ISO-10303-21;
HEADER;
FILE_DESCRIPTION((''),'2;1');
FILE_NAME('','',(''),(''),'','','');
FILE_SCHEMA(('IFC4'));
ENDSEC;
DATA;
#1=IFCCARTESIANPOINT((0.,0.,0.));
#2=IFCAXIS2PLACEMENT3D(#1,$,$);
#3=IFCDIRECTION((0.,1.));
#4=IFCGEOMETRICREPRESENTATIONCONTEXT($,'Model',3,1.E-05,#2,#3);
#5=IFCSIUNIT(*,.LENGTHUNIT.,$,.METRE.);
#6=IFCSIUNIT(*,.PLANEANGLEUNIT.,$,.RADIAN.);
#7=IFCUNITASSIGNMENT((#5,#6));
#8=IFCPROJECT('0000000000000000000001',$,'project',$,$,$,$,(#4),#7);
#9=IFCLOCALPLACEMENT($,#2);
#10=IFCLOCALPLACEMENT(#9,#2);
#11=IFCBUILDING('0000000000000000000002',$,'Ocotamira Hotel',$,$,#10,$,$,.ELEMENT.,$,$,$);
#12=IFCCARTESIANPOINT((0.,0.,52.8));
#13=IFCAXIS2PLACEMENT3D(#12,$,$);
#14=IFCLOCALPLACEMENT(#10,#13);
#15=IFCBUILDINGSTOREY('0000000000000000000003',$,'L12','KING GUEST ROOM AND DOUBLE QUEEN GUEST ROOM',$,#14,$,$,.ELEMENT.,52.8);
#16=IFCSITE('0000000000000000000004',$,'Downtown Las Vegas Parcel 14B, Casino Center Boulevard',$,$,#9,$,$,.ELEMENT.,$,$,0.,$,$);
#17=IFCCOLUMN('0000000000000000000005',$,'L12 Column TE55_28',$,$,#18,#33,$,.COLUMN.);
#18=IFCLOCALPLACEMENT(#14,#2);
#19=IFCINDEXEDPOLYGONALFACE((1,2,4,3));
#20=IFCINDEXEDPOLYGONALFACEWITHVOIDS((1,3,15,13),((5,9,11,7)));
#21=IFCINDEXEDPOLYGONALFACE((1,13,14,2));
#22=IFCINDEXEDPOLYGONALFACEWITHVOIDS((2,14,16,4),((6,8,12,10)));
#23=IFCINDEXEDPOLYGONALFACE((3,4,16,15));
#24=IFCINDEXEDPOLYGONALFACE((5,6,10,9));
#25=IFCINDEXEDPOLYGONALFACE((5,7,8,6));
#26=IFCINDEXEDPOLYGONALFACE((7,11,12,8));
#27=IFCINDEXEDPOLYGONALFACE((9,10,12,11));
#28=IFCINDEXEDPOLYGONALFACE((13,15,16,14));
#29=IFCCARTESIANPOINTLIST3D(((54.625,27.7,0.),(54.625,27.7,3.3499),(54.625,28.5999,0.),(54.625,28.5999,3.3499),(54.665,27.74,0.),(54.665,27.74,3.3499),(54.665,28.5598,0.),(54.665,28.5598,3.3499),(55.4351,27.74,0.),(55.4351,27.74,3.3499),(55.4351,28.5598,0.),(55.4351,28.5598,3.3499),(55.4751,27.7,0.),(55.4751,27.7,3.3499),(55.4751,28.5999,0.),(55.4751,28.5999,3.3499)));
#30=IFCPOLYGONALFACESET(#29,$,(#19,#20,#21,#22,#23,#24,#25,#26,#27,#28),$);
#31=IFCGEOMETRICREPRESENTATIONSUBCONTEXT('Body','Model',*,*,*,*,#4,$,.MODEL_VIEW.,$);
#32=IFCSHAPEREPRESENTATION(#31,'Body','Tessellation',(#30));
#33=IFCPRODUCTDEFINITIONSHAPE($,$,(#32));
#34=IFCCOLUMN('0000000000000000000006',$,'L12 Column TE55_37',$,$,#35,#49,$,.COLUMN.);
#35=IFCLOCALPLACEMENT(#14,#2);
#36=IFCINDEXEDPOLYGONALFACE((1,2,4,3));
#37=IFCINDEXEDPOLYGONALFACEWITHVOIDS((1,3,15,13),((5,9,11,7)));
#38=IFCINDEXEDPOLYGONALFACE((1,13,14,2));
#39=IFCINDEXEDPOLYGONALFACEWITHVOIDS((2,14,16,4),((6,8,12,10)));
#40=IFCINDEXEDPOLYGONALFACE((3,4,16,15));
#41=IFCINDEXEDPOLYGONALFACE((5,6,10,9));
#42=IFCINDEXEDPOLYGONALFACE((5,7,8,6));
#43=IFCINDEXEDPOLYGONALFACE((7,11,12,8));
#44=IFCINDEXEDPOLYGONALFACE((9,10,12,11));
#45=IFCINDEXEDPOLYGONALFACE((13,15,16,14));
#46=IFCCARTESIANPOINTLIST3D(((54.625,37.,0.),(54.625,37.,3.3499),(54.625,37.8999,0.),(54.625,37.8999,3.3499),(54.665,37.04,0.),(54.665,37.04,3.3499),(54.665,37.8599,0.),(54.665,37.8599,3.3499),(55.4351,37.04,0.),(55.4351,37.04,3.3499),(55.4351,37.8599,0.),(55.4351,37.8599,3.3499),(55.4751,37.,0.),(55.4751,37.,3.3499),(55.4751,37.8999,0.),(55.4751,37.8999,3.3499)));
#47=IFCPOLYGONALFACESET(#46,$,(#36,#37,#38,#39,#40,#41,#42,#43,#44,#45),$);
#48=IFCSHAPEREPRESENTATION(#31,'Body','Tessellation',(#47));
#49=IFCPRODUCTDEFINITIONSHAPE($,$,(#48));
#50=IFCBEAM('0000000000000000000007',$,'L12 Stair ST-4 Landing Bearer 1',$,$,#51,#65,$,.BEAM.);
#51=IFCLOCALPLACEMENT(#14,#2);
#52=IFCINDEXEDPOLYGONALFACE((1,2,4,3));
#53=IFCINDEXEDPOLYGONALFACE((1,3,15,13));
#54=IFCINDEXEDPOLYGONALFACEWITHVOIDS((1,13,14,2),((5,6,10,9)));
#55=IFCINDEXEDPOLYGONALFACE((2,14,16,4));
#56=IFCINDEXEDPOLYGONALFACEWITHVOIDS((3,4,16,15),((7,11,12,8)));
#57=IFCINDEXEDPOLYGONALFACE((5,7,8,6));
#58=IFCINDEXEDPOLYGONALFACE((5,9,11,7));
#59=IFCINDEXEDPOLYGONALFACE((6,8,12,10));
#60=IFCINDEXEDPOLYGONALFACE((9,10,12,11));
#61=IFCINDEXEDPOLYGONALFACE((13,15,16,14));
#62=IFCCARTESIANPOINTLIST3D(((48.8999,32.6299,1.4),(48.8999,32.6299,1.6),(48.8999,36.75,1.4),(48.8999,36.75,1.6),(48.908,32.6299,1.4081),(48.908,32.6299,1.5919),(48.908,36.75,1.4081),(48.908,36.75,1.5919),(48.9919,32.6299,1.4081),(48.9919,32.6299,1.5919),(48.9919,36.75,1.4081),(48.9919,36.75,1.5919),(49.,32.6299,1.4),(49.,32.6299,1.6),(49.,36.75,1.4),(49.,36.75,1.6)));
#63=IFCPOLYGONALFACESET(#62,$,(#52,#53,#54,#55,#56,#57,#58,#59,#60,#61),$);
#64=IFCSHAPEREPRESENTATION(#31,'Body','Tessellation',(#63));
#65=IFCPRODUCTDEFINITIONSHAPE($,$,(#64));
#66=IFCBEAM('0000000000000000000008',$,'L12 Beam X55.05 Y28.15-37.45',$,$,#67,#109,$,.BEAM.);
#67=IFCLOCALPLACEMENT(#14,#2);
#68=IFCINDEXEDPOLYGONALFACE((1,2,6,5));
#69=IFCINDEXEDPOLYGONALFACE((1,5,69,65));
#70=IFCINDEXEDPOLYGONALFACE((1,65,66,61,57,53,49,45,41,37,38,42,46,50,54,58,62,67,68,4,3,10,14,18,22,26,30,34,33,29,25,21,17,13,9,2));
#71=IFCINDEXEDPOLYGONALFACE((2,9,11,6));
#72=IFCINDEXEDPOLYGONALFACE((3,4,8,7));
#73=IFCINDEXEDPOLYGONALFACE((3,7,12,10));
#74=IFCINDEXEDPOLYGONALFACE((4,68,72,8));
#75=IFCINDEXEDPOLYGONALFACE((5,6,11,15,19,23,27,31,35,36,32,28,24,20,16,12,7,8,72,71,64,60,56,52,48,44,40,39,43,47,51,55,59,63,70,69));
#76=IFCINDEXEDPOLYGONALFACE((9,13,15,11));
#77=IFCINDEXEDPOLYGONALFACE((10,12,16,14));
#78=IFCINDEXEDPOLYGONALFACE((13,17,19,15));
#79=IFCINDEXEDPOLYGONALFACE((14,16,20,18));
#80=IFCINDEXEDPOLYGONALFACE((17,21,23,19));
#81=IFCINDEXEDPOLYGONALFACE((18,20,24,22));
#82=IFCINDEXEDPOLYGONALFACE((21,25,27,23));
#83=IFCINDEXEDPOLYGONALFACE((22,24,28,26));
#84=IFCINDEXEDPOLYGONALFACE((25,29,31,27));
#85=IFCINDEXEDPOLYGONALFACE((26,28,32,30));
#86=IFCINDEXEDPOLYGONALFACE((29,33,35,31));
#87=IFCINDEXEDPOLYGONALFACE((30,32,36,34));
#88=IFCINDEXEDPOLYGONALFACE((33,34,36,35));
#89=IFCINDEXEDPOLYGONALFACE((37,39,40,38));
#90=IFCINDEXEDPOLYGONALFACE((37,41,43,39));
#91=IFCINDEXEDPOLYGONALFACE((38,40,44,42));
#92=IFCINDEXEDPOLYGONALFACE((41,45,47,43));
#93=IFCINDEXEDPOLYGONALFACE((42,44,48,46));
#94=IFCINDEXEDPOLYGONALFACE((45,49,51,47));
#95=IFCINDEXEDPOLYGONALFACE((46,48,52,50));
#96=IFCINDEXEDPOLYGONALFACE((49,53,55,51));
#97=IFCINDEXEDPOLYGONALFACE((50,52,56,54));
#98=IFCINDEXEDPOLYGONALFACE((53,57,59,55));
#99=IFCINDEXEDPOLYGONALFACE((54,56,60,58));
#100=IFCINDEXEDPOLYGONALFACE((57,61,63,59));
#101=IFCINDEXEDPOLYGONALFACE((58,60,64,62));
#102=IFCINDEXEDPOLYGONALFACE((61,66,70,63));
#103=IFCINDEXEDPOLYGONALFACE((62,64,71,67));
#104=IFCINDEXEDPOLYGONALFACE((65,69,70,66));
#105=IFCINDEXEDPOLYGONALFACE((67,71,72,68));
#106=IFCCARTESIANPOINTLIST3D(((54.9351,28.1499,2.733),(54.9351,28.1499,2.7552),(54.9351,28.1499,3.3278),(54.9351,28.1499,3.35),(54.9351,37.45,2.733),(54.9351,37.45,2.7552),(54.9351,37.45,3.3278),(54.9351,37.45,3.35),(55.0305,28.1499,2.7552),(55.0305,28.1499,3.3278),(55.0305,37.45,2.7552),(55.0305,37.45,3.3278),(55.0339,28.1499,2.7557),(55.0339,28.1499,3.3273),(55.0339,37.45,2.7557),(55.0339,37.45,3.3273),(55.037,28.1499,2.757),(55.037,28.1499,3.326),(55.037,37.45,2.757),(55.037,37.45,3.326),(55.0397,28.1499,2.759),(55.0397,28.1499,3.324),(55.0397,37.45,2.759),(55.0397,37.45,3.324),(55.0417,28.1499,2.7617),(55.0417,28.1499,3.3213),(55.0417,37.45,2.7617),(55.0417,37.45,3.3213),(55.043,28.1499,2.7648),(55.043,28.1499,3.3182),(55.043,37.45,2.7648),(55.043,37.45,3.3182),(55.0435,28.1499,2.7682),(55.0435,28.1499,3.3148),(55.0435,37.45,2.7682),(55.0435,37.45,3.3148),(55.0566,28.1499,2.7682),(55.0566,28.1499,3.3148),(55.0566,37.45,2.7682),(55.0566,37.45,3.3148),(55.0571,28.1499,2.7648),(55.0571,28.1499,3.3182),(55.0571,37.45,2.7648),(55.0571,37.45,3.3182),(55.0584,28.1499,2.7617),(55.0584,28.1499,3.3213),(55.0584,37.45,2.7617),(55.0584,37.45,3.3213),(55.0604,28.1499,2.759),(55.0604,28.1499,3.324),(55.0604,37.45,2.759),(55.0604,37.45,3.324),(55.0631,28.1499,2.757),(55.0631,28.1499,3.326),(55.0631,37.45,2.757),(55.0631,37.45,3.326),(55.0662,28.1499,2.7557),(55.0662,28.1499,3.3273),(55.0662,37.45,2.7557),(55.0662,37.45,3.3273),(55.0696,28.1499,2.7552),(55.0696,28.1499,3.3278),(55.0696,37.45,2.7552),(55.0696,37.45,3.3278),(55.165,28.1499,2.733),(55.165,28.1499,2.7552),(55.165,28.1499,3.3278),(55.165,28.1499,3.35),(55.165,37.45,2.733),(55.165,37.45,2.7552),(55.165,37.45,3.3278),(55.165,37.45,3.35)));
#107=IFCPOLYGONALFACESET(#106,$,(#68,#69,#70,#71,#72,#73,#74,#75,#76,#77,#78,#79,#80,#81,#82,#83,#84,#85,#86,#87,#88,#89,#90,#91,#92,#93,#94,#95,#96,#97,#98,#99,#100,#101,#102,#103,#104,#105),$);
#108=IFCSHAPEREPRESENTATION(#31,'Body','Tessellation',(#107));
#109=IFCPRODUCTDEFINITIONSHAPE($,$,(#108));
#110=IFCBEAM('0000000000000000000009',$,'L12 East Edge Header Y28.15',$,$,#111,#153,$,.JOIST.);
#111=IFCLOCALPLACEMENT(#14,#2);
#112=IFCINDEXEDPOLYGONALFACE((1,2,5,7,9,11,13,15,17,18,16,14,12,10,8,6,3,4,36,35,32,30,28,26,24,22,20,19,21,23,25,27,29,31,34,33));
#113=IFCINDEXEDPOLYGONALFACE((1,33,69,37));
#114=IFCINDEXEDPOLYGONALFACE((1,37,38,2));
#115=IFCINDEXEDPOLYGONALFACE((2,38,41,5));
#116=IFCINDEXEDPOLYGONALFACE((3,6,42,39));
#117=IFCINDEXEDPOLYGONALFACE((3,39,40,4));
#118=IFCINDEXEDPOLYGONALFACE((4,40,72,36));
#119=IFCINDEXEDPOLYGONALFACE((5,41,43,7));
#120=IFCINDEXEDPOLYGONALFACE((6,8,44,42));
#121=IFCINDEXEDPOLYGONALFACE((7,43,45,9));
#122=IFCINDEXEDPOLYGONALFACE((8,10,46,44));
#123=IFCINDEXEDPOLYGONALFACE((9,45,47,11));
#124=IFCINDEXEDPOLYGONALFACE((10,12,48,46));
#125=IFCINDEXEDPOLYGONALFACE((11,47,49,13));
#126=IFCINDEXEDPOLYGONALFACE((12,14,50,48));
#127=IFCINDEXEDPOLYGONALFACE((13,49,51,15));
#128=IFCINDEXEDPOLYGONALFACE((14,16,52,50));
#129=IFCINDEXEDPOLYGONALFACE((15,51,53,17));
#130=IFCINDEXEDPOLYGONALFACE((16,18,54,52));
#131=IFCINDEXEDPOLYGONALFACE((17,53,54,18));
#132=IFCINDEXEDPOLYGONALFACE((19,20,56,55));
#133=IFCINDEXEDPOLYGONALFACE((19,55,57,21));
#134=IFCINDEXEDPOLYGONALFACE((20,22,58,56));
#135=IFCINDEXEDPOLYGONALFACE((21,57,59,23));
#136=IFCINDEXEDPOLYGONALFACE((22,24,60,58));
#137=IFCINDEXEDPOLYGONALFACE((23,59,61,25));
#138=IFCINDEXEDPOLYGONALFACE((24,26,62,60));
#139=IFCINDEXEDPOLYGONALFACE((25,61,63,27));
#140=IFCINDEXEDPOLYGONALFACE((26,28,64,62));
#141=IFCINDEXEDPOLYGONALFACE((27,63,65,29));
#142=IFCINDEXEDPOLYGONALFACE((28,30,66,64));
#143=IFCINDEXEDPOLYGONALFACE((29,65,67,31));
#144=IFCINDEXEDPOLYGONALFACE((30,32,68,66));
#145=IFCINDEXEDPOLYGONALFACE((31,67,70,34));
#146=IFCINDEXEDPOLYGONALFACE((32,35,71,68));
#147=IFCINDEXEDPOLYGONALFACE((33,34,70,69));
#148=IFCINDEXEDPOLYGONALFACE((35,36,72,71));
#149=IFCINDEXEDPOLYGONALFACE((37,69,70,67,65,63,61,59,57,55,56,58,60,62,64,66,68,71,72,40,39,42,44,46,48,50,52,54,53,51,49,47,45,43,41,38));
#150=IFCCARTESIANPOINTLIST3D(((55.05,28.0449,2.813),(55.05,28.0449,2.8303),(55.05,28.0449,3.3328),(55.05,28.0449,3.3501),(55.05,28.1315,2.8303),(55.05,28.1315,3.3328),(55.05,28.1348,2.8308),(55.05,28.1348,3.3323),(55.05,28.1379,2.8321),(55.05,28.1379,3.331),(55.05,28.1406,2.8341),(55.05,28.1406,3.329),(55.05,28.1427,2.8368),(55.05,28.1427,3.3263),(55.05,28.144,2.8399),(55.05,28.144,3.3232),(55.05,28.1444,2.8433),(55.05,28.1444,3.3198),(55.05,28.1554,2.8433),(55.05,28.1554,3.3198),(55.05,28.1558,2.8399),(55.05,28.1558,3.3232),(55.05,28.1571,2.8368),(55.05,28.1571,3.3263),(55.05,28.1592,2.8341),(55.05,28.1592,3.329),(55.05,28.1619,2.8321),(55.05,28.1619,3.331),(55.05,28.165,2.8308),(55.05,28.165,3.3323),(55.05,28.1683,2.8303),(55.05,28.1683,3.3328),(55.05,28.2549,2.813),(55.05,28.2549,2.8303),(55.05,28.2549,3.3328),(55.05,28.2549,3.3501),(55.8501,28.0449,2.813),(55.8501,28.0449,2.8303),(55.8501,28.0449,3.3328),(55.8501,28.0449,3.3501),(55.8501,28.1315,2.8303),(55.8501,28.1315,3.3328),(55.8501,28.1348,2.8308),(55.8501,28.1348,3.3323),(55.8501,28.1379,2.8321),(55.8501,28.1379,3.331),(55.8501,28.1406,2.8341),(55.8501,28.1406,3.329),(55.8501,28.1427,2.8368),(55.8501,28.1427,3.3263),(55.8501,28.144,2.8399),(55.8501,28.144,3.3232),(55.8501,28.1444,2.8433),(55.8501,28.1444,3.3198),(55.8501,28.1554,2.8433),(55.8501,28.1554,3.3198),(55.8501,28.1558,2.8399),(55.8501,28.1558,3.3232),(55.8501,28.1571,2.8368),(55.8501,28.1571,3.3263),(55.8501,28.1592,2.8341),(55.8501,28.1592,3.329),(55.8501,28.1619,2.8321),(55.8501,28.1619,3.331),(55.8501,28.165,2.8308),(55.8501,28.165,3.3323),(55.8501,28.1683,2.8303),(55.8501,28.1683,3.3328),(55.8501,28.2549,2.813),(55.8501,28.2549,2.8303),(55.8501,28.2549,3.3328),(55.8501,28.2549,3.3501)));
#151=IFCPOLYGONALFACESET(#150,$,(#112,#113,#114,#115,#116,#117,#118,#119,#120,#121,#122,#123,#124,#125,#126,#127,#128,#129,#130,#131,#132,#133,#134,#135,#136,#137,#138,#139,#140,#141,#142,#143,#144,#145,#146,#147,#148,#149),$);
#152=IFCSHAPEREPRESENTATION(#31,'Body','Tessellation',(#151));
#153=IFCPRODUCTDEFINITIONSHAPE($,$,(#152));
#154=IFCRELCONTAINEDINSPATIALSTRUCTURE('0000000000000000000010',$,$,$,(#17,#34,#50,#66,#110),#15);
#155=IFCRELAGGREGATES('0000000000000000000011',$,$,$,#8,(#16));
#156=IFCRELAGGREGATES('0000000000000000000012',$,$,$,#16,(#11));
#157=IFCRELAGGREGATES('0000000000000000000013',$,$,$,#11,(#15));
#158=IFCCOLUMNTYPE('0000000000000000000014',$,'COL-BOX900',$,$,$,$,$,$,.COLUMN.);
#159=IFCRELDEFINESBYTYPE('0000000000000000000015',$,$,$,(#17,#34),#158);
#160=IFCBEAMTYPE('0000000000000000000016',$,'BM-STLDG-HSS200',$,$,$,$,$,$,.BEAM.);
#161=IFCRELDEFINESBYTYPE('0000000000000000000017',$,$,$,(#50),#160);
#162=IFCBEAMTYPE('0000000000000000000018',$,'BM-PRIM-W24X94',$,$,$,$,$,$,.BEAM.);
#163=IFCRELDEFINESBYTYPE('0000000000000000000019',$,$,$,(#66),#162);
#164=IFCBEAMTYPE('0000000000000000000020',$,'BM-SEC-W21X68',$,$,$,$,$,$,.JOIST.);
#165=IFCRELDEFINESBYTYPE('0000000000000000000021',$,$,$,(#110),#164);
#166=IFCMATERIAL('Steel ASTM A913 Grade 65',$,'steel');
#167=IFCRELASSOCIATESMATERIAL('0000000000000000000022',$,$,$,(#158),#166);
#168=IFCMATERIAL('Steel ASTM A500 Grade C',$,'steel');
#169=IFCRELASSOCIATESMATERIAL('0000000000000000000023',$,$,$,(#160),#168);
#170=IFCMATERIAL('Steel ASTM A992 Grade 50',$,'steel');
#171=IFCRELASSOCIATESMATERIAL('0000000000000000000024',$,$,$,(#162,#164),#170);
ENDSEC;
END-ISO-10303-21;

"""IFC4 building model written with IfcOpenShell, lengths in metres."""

from ifc_helpers import new_model, si_unit, direction, frame, origin, origin_2d, place, context, subcontext, project, spatial, hollow_rectangle, i_section, extrude, source, transform, mapped, material, material_profile, profile_set, type_object, element, save


model = new_model("IFC4")

# Units and contexts
model_context = context("Model", 3, precision=1e-05, world=origin(), true_north=direction((0.0, 1.0)))
body_context = subcontext(model_context, "Body", "Model", "MODEL_VIEW")
ifc_project = project(units=[si_unit("LENGTHUNIT", "METRE"), si_unit("PLANEANGLEUNIT", "RADIAN")], contexts=[model_context])

# Site, building, storey
site_placement = place(None, origin())
site = spatial("IfcSite", under=ifc_project, at=site_placement, Name="Downtown Las Vegas Parcel 14B, Casino Center Boulevard", CompositionType="ELEMENT", RefElevation=0.0)
building_placement = place(site_placement, origin())
building = spatial("IfcBuilding", under=site, at=building_placement, Name="Ocotamira Hotel", CompositionType="ELEMENT")
storey_placement = place(building_placement, frame((0.0, 0.0, 52.8)))
storey = spatial("IfcBuildingStorey", under=building, at=storey_placement, Name="L12", Description="KING GUEST ROOM AND DOUBLE QUEEN GUEST ROOM", CompositionType="ELEMENT", Elevation=52.8)

# Columns
ifc_material_1 = material(Name="Steel ASTM A913 Grade 65", Category="steel")
ifc_material_profile_1 = material_profile(ifc_material_1, hollow_rectangle(XDim=0.8501, YDim=0.8999, WallThickness=0.04, at=origin_2d()), Name="BOX900X850X40")
ifc_profile_set_1 = profile_set([ifc_material_profile_1], Name="Steel ASTM A913 Grade 65")
column_type = type_object("IfcColumnType", Name="COL-BOX900", PredefinedType="COLUMN", material=ifc_profile_set_1)
shared_shape_1 = source(origin(), body_context, "Body", "SweptSolid", [
    extrude(hollow_rectangle(XDim=0.8501, YDim=0.8999, WallThickness=0.04, at=origin_2d()), origin(), (0.0, 0.0, 1.0), 3.3499),
])
for number, where, z_axis, x_axis, name in (
    (1, (55.05, 28.1499, 0.0), (0.0, 0.0, 1.0), (1.0, 0.0, 0.0), "L12 Column TE55_28"),
    (2, (55.05, 37.45, 0.0), (0.0, 0.0, 1.0), (1.0, 0.0, 0.0), "L12 Column TE55_37"),
):
    element("IfcColumn", number, at=place(storey_placement, frame(where, z_axis=z_axis, x_axis=x_axis)), inside=storey, type_object=column_type, Name=name, PredefinedType="COLUMN", context=body_context, shape_type="MappedRepresentation", body=[
        mapped(shared_shape_1, transform((0.0, 0.0, 0.0), scale=1.0)),
    ])

# Beams
ifc_material_2 = material(Name="Steel ASTM A500 Grade C", Category="steel")
ifc_material_profile_2 = material_profile(ifc_material_2, hollow_rectangle(XDim=0.1001, YDim=0.2, WallThickness=0.0081, at=origin_2d()), Name="HSS200X100X8")
ifc_profile_set_2 = profile_set([ifc_material_profile_2], Name="Steel ASTM A500 Grade C")
beam_type_1 = type_object("IfcBeamType", Name="BM-STLDG-HSS200", PredefinedType="BEAM", material=ifc_profile_set_2)
shared_shape_2 = source(origin(), body_context, "Body", "SweptSolid", [
    extrude(hollow_rectangle(XDim=0.1001, YDim=0.2, WallThickness=0.0081, at=origin_2d()), origin(), (0.0, 0.0, 1.0), 4.1201),
])
beam_1_placement = place(storey_placement, frame((48.95, 32.6299, 1.5), z_axis=(0.0, 1.0, 0.0), x_axis=(-1.0, 0.0, 0.0)))
element("IfcBeam", 3, at=beam_1_placement, inside=storey, type_object=beam_type_1, Name="L12 Stair ST-4 Landing Bearer 1", PredefinedType="BEAM", context=body_context, shape_type="MappedRepresentation", body=[
    mapped(shared_shape_2, transform((0.0, 0.0, 0.0), scale=1.0)),
])
ifc_material_3 = material(Name="Steel ASTM A992 Grade 50", Category="steel")
ifc_material_profile_3 = material_profile(ifc_material_3, i_section(OverallWidth=0.23, OverallDepth=0.6169, WebThickness=0.0132, FlangeThickness=0.0222, FilletRadius=0.0129, at=origin_2d()), Name="W24X94")
ifc_profile_set_3 = profile_set([ifc_material_profile_3], Name="Steel ASTM A992 Grade 50")
beam_type_2 = type_object("IfcBeamType", Name="BM-PRIM-W24X94", PredefinedType="BEAM", material=ifc_profile_set_3)
shared_shape_3 = source(origin(), body_context, "Body", "SweptSolid", [
    extrude(i_section(OverallWidth=0.23, OverallDepth=0.6169, WebThickness=0.0132, FlangeThickness=0.0222, FilletRadius=0.0129, at=origin_2d()), origin(), (0.0, 0.0, 1.0), 9.3),
])
beam_2_placement = place(storey_placement, frame((55.05, 28.1499, 3.0415), z_axis=(0.0, 1.0, 0.0), x_axis=(-1.0, 0.0, 0.0)))
element("IfcBeam", 4, at=beam_2_placement, inside=storey, type_object=beam_type_2, Name="L12 Beam X55.05 Y28.15-37.45", PredefinedType="BEAM", context=body_context, shape_type="MappedRepresentation", body=[
    mapped(shared_shape_3, transform((0.0, 0.0, 0.0), scale=1.0)),
])
ifc_material_profile_4 = material_profile(ifc_material_3, i_section(OverallWidth=0.21, OverallDepth=0.5371, WebThickness=0.011, FlangeThickness=0.0173, FilletRadius=0.0129, at=origin_2d()), Name="W21X68")
ifc_profile_set_4 = profile_set([ifc_material_profile_4], Name="Steel ASTM A992 Grade 50")
beam_type_3 = type_object("IfcBeamType", Name="BM-SEC-W21X68", PredefinedType="JOIST", material=ifc_profile_set_4)
shared_shape_4 = source(origin(), body_context, "Body", "SweptSolid", [
    extrude(i_section(OverallWidth=0.21, OverallDepth=0.5371, WebThickness=0.011, FlangeThickness=0.0173, FilletRadius=0.0129, at=origin_2d()), origin(), (0.0, 0.0, 1.0), 0.8),
])
for number, where, z_axis, x_axis, name in (
    (5, (55.05, 28.1499, 3.0815), (1.0, 0.0, 0.0), (0.0, 1.0, 0.0), "L12 East Edge Header Y28.15"),
):
    element("IfcBeam", number, at=place(storey_placement, frame(where, z_axis=z_axis, x_axis=x_axis)), inside=storey, type_object=beam_type_3, Name=name, PredefinedType="JOIST", context=body_context, shape_type="MappedRepresentation", body=[
        mapped(shared_shape_4, transform((0.0, 0.0, 0.0), scale=1.0)),
    ])

save(model, "model.ifc")
